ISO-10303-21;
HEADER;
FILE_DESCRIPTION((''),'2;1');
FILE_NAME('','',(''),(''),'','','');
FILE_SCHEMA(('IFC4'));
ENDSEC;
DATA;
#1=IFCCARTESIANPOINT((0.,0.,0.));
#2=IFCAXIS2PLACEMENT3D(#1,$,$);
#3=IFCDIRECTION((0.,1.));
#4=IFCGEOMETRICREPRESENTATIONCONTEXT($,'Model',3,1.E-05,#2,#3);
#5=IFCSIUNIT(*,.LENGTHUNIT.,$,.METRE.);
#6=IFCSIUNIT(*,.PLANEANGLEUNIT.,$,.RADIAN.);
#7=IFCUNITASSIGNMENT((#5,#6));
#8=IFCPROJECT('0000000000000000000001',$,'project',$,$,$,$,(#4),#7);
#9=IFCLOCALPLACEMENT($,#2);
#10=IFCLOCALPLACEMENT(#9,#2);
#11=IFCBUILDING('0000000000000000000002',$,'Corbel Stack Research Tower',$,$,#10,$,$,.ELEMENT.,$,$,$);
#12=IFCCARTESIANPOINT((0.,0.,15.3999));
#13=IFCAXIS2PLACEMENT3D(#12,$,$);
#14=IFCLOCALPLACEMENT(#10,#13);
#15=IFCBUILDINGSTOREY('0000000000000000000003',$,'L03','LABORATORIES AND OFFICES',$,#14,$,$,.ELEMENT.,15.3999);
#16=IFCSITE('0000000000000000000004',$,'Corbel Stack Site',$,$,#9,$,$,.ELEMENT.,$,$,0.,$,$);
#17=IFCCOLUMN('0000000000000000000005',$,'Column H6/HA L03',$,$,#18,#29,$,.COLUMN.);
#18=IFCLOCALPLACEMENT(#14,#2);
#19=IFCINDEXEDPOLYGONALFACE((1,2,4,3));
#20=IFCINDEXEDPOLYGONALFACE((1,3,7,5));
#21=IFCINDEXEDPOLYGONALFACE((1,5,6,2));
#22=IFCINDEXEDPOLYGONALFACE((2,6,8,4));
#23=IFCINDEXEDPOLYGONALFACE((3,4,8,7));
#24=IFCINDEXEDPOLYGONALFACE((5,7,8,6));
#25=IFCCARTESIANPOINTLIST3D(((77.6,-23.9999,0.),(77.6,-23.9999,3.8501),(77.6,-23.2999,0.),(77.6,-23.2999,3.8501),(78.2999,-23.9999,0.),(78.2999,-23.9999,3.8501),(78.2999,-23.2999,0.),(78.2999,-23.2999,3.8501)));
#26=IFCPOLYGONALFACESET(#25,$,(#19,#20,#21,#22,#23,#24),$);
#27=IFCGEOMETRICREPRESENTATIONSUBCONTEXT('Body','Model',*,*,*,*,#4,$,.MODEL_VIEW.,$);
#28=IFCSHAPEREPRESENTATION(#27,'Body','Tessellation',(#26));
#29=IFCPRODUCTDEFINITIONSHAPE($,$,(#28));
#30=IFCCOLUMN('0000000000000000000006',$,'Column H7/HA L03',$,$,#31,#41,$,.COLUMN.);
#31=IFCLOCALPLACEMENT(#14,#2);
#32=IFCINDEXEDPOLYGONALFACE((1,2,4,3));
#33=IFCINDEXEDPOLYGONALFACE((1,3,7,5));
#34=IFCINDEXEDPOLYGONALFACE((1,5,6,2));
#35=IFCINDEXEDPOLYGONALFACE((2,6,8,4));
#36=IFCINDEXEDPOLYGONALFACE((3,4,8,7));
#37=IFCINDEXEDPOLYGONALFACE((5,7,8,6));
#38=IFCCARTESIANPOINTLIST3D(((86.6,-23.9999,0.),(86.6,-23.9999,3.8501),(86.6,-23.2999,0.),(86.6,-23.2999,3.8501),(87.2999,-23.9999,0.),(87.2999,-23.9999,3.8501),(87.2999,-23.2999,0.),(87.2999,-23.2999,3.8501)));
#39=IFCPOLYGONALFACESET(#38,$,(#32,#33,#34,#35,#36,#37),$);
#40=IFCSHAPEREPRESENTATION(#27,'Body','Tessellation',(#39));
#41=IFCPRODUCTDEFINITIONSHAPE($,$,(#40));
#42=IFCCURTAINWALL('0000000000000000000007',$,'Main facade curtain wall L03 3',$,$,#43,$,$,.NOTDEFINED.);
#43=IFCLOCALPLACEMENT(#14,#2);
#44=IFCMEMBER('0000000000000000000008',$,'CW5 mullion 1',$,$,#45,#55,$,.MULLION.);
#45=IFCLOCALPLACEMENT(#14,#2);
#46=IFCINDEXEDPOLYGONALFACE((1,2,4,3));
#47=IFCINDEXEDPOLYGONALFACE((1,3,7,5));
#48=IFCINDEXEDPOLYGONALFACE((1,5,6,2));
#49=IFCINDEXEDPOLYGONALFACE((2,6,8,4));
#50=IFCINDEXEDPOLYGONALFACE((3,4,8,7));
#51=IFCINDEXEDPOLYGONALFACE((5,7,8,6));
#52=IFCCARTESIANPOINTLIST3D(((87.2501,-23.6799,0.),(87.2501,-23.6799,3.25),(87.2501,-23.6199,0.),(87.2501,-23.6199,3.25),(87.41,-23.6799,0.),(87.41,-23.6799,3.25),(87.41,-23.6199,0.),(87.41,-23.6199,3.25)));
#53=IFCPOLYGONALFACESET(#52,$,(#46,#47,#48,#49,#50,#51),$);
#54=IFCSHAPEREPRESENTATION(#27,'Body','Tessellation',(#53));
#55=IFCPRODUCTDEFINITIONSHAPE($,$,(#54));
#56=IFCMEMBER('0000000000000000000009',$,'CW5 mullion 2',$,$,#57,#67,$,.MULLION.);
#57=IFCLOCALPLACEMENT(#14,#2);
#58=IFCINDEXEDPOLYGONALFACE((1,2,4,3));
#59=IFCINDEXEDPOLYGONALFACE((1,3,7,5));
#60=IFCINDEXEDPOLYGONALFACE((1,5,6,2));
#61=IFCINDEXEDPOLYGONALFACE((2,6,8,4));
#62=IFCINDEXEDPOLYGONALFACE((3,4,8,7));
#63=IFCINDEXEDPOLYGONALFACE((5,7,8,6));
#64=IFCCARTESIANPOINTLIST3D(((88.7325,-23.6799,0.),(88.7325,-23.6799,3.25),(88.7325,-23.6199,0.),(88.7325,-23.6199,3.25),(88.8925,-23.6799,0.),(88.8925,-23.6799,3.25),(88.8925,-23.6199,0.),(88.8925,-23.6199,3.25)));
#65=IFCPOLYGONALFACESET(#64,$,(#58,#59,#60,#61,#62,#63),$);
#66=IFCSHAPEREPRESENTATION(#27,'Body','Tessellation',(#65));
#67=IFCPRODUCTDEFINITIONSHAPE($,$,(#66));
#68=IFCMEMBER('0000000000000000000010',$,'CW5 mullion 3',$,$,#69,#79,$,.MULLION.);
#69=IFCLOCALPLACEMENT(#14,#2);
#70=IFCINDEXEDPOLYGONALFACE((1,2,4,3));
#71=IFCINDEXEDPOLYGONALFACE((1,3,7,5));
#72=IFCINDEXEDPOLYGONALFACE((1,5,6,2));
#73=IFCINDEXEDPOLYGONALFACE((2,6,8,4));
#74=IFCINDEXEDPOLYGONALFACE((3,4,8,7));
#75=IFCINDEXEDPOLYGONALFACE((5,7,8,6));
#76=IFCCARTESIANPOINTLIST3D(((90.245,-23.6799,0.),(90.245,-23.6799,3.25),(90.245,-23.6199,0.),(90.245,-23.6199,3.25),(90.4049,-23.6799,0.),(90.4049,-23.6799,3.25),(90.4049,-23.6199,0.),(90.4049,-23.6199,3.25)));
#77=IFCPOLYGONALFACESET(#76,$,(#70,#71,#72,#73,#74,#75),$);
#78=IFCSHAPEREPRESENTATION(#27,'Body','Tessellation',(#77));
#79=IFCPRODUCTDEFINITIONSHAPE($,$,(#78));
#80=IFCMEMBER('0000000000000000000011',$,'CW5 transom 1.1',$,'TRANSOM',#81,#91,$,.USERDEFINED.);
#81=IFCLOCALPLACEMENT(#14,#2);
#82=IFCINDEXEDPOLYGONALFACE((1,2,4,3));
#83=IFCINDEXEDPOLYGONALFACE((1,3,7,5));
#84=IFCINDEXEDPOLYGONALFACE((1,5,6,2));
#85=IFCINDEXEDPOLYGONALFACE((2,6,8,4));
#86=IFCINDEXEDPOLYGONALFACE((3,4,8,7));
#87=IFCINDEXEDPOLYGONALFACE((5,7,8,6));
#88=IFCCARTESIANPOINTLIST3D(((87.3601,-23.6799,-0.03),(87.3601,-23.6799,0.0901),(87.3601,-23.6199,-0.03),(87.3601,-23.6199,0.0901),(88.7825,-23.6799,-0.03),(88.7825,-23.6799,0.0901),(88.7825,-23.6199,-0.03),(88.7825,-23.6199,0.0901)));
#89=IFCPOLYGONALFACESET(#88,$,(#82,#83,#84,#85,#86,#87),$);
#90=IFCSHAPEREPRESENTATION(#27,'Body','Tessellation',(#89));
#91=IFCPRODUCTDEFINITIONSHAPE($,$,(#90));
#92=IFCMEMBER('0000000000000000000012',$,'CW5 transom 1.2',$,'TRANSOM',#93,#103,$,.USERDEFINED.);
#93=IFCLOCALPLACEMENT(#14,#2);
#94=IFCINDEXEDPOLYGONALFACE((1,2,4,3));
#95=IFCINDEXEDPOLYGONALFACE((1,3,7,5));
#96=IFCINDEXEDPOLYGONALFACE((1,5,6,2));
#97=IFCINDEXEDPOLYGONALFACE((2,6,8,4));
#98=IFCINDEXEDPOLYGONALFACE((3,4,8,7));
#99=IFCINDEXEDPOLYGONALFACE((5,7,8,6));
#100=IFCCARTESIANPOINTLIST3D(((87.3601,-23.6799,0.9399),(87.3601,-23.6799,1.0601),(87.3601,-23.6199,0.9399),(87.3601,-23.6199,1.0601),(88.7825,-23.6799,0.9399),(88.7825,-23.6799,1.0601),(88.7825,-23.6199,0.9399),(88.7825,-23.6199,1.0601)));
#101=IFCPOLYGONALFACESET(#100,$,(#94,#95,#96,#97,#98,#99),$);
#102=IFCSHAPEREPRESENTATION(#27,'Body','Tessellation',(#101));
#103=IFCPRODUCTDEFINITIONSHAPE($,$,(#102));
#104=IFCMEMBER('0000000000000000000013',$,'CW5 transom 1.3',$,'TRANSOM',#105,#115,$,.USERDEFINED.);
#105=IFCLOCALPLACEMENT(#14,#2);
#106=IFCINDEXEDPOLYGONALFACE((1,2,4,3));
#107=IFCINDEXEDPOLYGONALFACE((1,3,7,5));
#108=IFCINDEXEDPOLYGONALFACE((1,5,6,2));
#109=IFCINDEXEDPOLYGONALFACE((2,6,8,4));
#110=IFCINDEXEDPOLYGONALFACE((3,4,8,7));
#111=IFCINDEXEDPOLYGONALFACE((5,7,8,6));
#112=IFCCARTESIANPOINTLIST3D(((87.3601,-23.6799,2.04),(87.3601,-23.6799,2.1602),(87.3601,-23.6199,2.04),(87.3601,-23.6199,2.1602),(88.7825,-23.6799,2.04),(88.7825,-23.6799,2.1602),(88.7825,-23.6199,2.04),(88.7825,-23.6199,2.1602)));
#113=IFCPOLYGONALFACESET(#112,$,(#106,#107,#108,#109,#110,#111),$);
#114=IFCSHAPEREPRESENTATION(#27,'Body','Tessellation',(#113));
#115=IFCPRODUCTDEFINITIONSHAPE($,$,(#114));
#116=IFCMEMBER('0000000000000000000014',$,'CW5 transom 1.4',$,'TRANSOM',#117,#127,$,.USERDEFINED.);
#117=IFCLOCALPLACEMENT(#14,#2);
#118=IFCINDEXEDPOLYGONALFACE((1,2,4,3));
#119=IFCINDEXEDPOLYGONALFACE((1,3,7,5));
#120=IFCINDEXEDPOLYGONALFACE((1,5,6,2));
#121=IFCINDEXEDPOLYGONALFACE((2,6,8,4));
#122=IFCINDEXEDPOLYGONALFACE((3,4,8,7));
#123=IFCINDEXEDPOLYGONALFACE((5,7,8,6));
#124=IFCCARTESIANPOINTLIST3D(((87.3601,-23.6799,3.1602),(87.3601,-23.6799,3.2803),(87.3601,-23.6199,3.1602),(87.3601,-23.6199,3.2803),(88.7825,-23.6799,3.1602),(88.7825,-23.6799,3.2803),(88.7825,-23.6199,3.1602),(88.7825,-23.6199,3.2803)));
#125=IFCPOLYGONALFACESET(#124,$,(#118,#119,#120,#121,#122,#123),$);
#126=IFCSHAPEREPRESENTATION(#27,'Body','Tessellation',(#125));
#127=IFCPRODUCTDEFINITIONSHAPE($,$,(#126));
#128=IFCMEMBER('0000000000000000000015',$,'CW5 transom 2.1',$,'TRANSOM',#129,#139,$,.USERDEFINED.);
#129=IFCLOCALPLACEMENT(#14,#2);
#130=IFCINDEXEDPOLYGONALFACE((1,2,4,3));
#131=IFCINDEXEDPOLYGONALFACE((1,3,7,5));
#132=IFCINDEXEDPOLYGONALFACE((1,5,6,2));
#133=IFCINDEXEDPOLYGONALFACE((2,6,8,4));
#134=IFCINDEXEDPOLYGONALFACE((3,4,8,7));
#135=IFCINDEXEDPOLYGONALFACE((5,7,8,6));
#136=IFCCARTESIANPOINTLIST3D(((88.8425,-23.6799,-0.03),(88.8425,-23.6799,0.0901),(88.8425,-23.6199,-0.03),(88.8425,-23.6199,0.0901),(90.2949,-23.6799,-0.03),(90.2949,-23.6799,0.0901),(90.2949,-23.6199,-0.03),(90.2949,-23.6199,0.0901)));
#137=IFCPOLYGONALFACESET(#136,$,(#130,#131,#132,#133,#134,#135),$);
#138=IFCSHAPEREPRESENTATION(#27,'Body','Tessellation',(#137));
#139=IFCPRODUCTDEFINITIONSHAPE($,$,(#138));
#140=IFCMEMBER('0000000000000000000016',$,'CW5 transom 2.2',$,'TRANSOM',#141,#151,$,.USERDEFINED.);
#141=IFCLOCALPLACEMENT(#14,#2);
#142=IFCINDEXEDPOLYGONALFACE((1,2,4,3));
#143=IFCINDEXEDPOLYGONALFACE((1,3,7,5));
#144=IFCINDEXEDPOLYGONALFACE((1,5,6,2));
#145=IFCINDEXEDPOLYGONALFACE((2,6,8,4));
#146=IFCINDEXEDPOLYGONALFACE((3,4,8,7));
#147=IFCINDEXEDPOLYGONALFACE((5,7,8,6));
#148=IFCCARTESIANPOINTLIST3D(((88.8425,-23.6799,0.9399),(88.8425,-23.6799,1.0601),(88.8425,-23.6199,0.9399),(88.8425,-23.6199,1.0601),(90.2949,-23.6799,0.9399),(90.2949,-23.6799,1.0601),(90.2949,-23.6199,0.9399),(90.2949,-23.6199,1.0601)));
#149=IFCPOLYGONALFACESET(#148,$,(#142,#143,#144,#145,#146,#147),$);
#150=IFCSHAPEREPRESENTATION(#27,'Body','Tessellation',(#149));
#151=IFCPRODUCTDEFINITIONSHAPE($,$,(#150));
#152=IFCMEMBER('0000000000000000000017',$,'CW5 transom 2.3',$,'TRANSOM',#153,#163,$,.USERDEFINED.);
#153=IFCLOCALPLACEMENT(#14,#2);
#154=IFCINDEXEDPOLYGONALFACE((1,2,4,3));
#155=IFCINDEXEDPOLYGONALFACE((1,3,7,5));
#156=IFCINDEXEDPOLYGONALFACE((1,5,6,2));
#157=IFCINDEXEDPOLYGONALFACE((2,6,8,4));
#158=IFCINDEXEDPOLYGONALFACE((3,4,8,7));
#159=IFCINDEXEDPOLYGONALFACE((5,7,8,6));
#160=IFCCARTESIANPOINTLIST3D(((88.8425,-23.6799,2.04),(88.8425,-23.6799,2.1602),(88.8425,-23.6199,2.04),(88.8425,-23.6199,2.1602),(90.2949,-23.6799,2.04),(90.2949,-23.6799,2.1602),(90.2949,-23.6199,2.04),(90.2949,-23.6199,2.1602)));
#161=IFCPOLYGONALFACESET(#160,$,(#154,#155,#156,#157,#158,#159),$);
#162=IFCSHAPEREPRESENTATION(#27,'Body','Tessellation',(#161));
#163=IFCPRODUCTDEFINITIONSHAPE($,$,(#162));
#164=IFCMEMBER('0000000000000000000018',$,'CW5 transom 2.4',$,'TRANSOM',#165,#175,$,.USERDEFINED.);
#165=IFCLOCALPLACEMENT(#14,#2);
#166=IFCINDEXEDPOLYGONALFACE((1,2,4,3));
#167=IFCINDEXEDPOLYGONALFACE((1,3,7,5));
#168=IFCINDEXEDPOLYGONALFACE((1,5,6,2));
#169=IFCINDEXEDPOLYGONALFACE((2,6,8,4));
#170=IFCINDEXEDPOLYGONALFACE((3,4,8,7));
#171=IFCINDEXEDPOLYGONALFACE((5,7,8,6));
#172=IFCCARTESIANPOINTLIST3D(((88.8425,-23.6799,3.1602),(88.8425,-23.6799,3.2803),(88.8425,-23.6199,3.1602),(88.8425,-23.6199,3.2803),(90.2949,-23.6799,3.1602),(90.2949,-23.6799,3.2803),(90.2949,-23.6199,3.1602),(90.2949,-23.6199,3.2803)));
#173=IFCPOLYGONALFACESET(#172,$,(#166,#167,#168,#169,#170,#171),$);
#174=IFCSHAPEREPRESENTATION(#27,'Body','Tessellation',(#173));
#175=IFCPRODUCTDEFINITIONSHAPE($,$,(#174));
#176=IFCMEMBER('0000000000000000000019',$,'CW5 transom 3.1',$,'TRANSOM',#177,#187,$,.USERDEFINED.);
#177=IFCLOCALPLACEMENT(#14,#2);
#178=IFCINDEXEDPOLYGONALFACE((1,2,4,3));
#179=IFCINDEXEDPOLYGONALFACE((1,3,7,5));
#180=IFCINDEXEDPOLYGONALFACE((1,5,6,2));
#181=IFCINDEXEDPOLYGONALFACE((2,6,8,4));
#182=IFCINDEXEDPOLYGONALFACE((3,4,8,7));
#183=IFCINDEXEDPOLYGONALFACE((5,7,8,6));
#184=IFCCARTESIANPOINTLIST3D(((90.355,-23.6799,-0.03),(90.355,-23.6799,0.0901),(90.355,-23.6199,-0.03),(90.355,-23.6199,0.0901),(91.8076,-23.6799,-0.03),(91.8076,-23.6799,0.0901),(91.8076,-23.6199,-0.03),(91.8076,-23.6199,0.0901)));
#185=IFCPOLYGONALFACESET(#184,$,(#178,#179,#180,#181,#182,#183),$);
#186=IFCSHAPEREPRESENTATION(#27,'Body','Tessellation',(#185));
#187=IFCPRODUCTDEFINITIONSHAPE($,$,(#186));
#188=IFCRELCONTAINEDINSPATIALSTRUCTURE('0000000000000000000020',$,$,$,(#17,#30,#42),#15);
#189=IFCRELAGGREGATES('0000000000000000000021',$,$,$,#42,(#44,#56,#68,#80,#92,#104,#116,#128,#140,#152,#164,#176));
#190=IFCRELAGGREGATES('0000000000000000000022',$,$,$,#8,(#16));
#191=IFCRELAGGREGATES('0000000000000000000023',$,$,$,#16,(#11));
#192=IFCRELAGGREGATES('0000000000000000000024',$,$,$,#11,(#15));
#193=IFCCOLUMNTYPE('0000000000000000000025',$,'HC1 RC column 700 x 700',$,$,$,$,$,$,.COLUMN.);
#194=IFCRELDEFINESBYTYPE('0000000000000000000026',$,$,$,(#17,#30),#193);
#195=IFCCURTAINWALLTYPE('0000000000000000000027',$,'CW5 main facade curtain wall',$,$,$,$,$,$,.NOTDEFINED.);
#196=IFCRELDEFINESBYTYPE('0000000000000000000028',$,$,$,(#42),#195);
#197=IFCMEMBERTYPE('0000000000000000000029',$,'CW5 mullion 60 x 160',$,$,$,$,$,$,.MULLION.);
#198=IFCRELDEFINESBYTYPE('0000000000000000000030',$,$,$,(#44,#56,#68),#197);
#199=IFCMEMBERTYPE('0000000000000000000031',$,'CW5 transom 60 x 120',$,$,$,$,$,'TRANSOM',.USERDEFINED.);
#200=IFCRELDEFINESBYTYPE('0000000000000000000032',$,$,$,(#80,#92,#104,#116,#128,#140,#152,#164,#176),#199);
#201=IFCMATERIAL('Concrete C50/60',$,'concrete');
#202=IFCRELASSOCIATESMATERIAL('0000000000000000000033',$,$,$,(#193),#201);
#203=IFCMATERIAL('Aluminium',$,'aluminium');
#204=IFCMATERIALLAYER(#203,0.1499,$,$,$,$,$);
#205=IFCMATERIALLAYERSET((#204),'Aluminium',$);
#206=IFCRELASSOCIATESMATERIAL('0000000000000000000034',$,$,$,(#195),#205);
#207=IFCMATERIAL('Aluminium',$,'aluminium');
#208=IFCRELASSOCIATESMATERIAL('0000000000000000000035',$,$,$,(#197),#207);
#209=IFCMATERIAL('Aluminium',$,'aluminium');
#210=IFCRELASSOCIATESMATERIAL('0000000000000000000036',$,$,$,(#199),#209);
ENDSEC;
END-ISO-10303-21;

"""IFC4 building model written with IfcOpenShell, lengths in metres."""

from ifc_helpers import new_model, si_unit, direction, frame, origin, origin_2d, place, context, subcontext, project, spatial, rectangle, extrude, material, layer, layer_set, material_profile, profile_set, type_object, element, aggregate, save


model = new_model("IFC4")

# Units and contexts
model_context = context("Model", 3, precision=1e-05, world=origin(), true_north=direction((0.0, 1.0)))
body_context = subcontext(model_context, "Body", "Model", "MODEL_VIEW")
ifc_project = project(units=[si_unit("LENGTHUNIT", "METRE"), si_unit("PLANEANGLEUNIT", "RADIAN")], contexts=[model_context])

# Site, building, storey
site_placement = place(None, origin())
site = spatial("IfcSite", under=ifc_project, at=site_placement, Name="Corbel Stack Site", CompositionType="ELEMENT", RefElevation=0.0)
building_placement = place(site_placement, origin())
building = spatial("IfcBuilding", under=site, at=building_placement, Name="Corbel Stack Research Tower", CompositionType="ELEMENT")
storey_placement = place(building_placement, frame((0.0, 0.0, 15.3999)))
storey = spatial("IfcBuildingStorey", under=building, at=storey_placement, Name="L03", Description="LABORATORIES AND OFFICES", CompositionType="ELEMENT", Elevation=15.3999)

# Columns
ifc_material_1 = material(Name="Concrete C50/60", Category="concrete")
ifc_material_profile_1 = material_profile(ifc_material_1, rectangle(XDim=0.7, YDim=0.7, at=origin_2d()), Name="RC 700 x 700")
ifc_profile_set_1 = profile_set([ifc_material_profile_1], Name="Concrete C50/60")
column_type = type_object("IfcColumnType", Name="HC1 RC column 700 x 700", PredefinedType="COLUMN", material=ifc_profile_set_1)
for number, where, z_axis, x_axis, name in (
    (1, (77.95, -23.6499, 0.0), (0.0, 0.0, 1.0), (1.0, 0.0, 0.0), "Column H6/HA L03"),
    (2, (86.95, -23.6499, 0.0), (0.0, 0.0, 1.0), (1.0, 0.0, 0.0), "Column H7/HA L03"),
):
    element("IfcColumn", number, at=place(storey_placement, frame(where, z_axis=z_axis, x_axis=x_axis)), inside=storey, type_object=column_type, Name=name, PredefinedType="COLUMN", context=body_context, shape_type="SweptSolid", body=[
        extrude(rectangle(XDim=0.7, YDim=0.7, at=origin_2d()), origin(), (0.0, 0.0, 1.0), 3.8501),
    ])

# Curtain wall, members
ifc_material_2 = material(Name="Aluminium", Category="aluminium")
ifc_layer_1 = layer(ifc_material_2, 0.1499)
ifc_layer_set_1 = layer_set([ifc_layer_1], Name="Aluminium")
curtain_wall_type = type_object("IfcCurtainWallType", Name="CW5 main facade curtain wall", PredefinedType="NOTDEFINED", material=ifc_layer_set_1)
curtain_wall_placement = place(storey_placement, origin())
curtain_wall = element("IfcCurtainWall", 3, at=curtain_wall_placement, inside=storey, type_object=curtain_wall_type, Name="Main facade curtain wall L03 3", PredefinedType="NOTDEFINED")
ifc_material_3 = material(Name="Aluminium", Category="aluminium")
ifc_material_profile_2 = material_profile(ifc_material_3, rectangle(XDim=0.0601, YDim=0.1599, at=origin_2d()), Name="Mullion 60 x 160")
ifc_profile_set_2 = profile_set([ifc_material_profile_2], Name="Aluminium")
member_type_1 = type_object("IfcMemberType", Name="CW5 mullion 60 x 160", PredefinedType="MULLION", material=ifc_profile_set_2)
member_1_placement = place(storey_placement, frame((87.3301, -23.6499, 0.0), z_axis=(0.0, 0.0, 1.0), x_axis=(0.0, 1.0, 0.0)))
member_1 = element("IfcMember", 4, at=member_1_placement, type_object=member_type_1, Name="CW5 mullion 1", PredefinedType="MULLION", context=body_context, shape_type="SweptSolid", body=[
    extrude(rectangle(XDim=0.0601, YDim=0.1599, at=origin_2d()), origin(), (0.0, 0.0, 1.0), 3.25),
])
member_2_placement = place(storey_placement, frame((88.8125, -23.6499, 0.0), z_axis=(0.0, 0.0, 1.0), x_axis=(0.0, 1.0, 0.0)))
member_2 = element("IfcMember", 5, at=member_2_placement, type_object=member_type_1, Name="CW5 mullion 2", PredefinedType="MULLION", context=body_context, shape_type="SweptSolid", body=[
    extrude(rectangle(XDim=0.0601, YDim=0.1599, at=origin_2d()), origin(), (0.0, 0.0, 1.0), 3.25),
])
member_3_placement = place(storey_placement, frame((90.325, -23.6499, 0.0), z_axis=(0.0, 0.0, 1.0), x_axis=(0.0, 1.0, 0.0)))
member_3 = element("IfcMember", 6, at=member_3_placement, type_object=member_type_1, Name="CW5 mullion 3", PredefinedType="MULLION", context=body_context, shape_type="SweptSolid", body=[
    extrude(rectangle(XDim=0.0601, YDim=0.1599, at=origin_2d()), origin(), (0.0, 0.0, 1.0), 3.25),
])
ifc_material_4 = material(Name="Aluminium", Category="aluminium")
ifc_material_profile_3 = material_profile(ifc_material_4, rectangle(XDim=0.0601, YDim=0.1201, at=origin_2d()), Name="Transom 60 x 120")
ifc_profile_set_3 = profile_set([ifc_material_profile_3], Name="Aluminium")
member_type_2 = type_object("IfcMemberType", Name="CW5 transom 60 x 120", ElementType="TRANSOM", PredefinedType="USERDEFINED", material=ifc_profile_set_3)
member_4_placement = place(storey_placement, frame((87.3601, -23.6499, 0.03), z_axis=(1.0, 0.0, 0.0), x_axis=(0.0, 1.0, 0.0)))
member_4 = element("IfcMember", 7, at=member_4_placement, type_object=member_type_2, Name="CW5 transom 1.1", ObjectType="TRANSOM", PredefinedType="USERDEFINED", context=body_context, shape_type="SweptSolid", body=[
    extrude(rectangle(XDim=0.0601, YDim=0.1201, at=origin_2d()), origin(), (0.0, 0.0, 1.0), 1.4224),
])
member_5_placement = place(storey_placement, frame((87.3601, -23.6499, 1.0), z_axis=(1.0, 0.0, 0.0), x_axis=(0.0, 1.0, 0.0)))
member_5 = element("IfcMember", 8, at=member_5_placement, type_object=member_type_2, Name="CW5 transom 1.2", ObjectType="TRANSOM", PredefinedType="USERDEFINED", context=body_context, shape_type="SweptSolid", body=[
    extrude(rectangle(XDim=0.0601, YDim=0.1201, at=origin_2d()), origin(), (0.0, 0.0, 1.0), 1.4224),
])
member_6_placement = place(storey_placement, frame((87.3601, -23.6499, 2.1001), z_axis=(1.0, 0.0, 0.0), x_axis=(0.0, 1.0, 0.0)))
member_6 = element("IfcMember", 9, at=member_6_placement, type_object=member_type_2, Name="CW5 transom 1.3", ObjectType="TRANSOM", PredefinedType="USERDEFINED", context=body_context, shape_type="SweptSolid", body=[
    extrude(rectangle(XDim=0.0601, YDim=0.1201, at=origin_2d()), origin(), (0.0, 0.0, 1.0), 1.4224),
])
member_7_placement = place(storey_placement, frame((87.3601, -23.6499, 3.2202), z_axis=(1.0, 0.0, 0.0), x_axis=(0.0, 1.0, 0.0)))
member_7 = element("IfcMember", 10, at=member_7_placement, type_object=member_type_2, Name="CW5 transom 1.4", ObjectType="TRANSOM", PredefinedType="USERDEFINED", context=body_context, shape_type="SweptSolid", body=[
    extrude(rectangle(XDim=0.0601, YDim=0.1201, at=origin_2d()), origin(), (0.0, 0.0, 1.0), 1.4224),
])
member_8_placement = place(storey_placement, frame((88.8425, -23.6499, 0.03), z_axis=(1.0, 0.0, 0.0), x_axis=(0.0, 1.0, 0.0)))
member_8 = element("IfcMember", 11, at=member_8_placement, type_object=member_type_2, Name="CW5 transom 2.1", ObjectType="TRANSOM", PredefinedType="USERDEFINED", context=body_context, shape_type="SweptSolid", body=[
    extrude(rectangle(XDim=0.0601, YDim=0.1201, at=origin_2d()), origin(), (0.0, 0.0, 1.0), 1.4524),
])
member_9_placement = place(storey_placement, frame((88.8425, -23.6499, 1.0), z_axis=(1.0, 0.0, 0.0), x_axis=(0.0, 1.0, 0.0)))
member_9 = element("IfcMember", 12, at=member_9_placement, type_object=member_type_2, Name="CW5 transom 2.2", ObjectType="TRANSOM", PredefinedType="USERDEFINED", context=body_context, shape_type="SweptSolid", body=[
    extrude(rectangle(XDim=0.0601, YDim=0.1201, at=origin_2d()), origin(), (0.0, 0.0, 1.0), 1.4524),
])
member_10_placement = place(storey_placement, frame((88.8425, -23.6499, 2.1001), z_axis=(1.0, 0.0, 0.0), x_axis=(0.0, 1.0, 0.0)))
member_10 = element("IfcMember", 13, at=member_10_placement, type_object=member_type_2, Name="CW5 transom 2.3", ObjectType="TRANSOM", PredefinedType="USERDEFINED", context=body_context, shape_type="SweptSolid", body=[
    extrude(rectangle(XDim=0.0601, YDim=0.1201, at=origin_2d()), origin(), (0.0, 0.0, 1.0), 1.4524),
])
member_11_placement = place(storey_placement, frame((88.8425, -23.6499, 3.2202), z_axis=(1.0, 0.0, 0.0), x_axis=(0.0, 1.0, 0.0)))
member_11 = element("IfcMember", 14, at=member_11_placement, type_object=member_type_2, Name="CW5 transom 2.4", ObjectType="TRANSOM", PredefinedType="USERDEFINED", context=body_context, shape_type="SweptSolid", body=[
    extrude(rectangle(XDim=0.0601, YDim=0.1201, at=origin_2d()), origin(), (0.0, 0.0, 1.0), 1.4524),
])
member_12_placement = place(storey_placement, frame((90.355, -23.6499, 0.03), z_axis=(1.0, 0.0, 0.0), x_axis=(0.0, 1.0, 0.0)))
member_12 = element("IfcMember", 15, at=member_12_placement, type_object=member_type_2, Name="CW5 transom 3.1", ObjectType="TRANSOM", PredefinedType="USERDEFINED", context=body_context, shape_type="SweptSolid", body=[
    extrude(rectangle(XDim=0.0601, YDim=0.1201, at=origin_2d()), origin(), (0.0, 0.0, 1.0), 1.4526),
])

aggregate(curtain_wall, [member_1, member_2, member_3, member_4, member_5, member_6, member_7, member_8, member_9, member_10, member_11, member_12])

save(model, "model.ifc")
